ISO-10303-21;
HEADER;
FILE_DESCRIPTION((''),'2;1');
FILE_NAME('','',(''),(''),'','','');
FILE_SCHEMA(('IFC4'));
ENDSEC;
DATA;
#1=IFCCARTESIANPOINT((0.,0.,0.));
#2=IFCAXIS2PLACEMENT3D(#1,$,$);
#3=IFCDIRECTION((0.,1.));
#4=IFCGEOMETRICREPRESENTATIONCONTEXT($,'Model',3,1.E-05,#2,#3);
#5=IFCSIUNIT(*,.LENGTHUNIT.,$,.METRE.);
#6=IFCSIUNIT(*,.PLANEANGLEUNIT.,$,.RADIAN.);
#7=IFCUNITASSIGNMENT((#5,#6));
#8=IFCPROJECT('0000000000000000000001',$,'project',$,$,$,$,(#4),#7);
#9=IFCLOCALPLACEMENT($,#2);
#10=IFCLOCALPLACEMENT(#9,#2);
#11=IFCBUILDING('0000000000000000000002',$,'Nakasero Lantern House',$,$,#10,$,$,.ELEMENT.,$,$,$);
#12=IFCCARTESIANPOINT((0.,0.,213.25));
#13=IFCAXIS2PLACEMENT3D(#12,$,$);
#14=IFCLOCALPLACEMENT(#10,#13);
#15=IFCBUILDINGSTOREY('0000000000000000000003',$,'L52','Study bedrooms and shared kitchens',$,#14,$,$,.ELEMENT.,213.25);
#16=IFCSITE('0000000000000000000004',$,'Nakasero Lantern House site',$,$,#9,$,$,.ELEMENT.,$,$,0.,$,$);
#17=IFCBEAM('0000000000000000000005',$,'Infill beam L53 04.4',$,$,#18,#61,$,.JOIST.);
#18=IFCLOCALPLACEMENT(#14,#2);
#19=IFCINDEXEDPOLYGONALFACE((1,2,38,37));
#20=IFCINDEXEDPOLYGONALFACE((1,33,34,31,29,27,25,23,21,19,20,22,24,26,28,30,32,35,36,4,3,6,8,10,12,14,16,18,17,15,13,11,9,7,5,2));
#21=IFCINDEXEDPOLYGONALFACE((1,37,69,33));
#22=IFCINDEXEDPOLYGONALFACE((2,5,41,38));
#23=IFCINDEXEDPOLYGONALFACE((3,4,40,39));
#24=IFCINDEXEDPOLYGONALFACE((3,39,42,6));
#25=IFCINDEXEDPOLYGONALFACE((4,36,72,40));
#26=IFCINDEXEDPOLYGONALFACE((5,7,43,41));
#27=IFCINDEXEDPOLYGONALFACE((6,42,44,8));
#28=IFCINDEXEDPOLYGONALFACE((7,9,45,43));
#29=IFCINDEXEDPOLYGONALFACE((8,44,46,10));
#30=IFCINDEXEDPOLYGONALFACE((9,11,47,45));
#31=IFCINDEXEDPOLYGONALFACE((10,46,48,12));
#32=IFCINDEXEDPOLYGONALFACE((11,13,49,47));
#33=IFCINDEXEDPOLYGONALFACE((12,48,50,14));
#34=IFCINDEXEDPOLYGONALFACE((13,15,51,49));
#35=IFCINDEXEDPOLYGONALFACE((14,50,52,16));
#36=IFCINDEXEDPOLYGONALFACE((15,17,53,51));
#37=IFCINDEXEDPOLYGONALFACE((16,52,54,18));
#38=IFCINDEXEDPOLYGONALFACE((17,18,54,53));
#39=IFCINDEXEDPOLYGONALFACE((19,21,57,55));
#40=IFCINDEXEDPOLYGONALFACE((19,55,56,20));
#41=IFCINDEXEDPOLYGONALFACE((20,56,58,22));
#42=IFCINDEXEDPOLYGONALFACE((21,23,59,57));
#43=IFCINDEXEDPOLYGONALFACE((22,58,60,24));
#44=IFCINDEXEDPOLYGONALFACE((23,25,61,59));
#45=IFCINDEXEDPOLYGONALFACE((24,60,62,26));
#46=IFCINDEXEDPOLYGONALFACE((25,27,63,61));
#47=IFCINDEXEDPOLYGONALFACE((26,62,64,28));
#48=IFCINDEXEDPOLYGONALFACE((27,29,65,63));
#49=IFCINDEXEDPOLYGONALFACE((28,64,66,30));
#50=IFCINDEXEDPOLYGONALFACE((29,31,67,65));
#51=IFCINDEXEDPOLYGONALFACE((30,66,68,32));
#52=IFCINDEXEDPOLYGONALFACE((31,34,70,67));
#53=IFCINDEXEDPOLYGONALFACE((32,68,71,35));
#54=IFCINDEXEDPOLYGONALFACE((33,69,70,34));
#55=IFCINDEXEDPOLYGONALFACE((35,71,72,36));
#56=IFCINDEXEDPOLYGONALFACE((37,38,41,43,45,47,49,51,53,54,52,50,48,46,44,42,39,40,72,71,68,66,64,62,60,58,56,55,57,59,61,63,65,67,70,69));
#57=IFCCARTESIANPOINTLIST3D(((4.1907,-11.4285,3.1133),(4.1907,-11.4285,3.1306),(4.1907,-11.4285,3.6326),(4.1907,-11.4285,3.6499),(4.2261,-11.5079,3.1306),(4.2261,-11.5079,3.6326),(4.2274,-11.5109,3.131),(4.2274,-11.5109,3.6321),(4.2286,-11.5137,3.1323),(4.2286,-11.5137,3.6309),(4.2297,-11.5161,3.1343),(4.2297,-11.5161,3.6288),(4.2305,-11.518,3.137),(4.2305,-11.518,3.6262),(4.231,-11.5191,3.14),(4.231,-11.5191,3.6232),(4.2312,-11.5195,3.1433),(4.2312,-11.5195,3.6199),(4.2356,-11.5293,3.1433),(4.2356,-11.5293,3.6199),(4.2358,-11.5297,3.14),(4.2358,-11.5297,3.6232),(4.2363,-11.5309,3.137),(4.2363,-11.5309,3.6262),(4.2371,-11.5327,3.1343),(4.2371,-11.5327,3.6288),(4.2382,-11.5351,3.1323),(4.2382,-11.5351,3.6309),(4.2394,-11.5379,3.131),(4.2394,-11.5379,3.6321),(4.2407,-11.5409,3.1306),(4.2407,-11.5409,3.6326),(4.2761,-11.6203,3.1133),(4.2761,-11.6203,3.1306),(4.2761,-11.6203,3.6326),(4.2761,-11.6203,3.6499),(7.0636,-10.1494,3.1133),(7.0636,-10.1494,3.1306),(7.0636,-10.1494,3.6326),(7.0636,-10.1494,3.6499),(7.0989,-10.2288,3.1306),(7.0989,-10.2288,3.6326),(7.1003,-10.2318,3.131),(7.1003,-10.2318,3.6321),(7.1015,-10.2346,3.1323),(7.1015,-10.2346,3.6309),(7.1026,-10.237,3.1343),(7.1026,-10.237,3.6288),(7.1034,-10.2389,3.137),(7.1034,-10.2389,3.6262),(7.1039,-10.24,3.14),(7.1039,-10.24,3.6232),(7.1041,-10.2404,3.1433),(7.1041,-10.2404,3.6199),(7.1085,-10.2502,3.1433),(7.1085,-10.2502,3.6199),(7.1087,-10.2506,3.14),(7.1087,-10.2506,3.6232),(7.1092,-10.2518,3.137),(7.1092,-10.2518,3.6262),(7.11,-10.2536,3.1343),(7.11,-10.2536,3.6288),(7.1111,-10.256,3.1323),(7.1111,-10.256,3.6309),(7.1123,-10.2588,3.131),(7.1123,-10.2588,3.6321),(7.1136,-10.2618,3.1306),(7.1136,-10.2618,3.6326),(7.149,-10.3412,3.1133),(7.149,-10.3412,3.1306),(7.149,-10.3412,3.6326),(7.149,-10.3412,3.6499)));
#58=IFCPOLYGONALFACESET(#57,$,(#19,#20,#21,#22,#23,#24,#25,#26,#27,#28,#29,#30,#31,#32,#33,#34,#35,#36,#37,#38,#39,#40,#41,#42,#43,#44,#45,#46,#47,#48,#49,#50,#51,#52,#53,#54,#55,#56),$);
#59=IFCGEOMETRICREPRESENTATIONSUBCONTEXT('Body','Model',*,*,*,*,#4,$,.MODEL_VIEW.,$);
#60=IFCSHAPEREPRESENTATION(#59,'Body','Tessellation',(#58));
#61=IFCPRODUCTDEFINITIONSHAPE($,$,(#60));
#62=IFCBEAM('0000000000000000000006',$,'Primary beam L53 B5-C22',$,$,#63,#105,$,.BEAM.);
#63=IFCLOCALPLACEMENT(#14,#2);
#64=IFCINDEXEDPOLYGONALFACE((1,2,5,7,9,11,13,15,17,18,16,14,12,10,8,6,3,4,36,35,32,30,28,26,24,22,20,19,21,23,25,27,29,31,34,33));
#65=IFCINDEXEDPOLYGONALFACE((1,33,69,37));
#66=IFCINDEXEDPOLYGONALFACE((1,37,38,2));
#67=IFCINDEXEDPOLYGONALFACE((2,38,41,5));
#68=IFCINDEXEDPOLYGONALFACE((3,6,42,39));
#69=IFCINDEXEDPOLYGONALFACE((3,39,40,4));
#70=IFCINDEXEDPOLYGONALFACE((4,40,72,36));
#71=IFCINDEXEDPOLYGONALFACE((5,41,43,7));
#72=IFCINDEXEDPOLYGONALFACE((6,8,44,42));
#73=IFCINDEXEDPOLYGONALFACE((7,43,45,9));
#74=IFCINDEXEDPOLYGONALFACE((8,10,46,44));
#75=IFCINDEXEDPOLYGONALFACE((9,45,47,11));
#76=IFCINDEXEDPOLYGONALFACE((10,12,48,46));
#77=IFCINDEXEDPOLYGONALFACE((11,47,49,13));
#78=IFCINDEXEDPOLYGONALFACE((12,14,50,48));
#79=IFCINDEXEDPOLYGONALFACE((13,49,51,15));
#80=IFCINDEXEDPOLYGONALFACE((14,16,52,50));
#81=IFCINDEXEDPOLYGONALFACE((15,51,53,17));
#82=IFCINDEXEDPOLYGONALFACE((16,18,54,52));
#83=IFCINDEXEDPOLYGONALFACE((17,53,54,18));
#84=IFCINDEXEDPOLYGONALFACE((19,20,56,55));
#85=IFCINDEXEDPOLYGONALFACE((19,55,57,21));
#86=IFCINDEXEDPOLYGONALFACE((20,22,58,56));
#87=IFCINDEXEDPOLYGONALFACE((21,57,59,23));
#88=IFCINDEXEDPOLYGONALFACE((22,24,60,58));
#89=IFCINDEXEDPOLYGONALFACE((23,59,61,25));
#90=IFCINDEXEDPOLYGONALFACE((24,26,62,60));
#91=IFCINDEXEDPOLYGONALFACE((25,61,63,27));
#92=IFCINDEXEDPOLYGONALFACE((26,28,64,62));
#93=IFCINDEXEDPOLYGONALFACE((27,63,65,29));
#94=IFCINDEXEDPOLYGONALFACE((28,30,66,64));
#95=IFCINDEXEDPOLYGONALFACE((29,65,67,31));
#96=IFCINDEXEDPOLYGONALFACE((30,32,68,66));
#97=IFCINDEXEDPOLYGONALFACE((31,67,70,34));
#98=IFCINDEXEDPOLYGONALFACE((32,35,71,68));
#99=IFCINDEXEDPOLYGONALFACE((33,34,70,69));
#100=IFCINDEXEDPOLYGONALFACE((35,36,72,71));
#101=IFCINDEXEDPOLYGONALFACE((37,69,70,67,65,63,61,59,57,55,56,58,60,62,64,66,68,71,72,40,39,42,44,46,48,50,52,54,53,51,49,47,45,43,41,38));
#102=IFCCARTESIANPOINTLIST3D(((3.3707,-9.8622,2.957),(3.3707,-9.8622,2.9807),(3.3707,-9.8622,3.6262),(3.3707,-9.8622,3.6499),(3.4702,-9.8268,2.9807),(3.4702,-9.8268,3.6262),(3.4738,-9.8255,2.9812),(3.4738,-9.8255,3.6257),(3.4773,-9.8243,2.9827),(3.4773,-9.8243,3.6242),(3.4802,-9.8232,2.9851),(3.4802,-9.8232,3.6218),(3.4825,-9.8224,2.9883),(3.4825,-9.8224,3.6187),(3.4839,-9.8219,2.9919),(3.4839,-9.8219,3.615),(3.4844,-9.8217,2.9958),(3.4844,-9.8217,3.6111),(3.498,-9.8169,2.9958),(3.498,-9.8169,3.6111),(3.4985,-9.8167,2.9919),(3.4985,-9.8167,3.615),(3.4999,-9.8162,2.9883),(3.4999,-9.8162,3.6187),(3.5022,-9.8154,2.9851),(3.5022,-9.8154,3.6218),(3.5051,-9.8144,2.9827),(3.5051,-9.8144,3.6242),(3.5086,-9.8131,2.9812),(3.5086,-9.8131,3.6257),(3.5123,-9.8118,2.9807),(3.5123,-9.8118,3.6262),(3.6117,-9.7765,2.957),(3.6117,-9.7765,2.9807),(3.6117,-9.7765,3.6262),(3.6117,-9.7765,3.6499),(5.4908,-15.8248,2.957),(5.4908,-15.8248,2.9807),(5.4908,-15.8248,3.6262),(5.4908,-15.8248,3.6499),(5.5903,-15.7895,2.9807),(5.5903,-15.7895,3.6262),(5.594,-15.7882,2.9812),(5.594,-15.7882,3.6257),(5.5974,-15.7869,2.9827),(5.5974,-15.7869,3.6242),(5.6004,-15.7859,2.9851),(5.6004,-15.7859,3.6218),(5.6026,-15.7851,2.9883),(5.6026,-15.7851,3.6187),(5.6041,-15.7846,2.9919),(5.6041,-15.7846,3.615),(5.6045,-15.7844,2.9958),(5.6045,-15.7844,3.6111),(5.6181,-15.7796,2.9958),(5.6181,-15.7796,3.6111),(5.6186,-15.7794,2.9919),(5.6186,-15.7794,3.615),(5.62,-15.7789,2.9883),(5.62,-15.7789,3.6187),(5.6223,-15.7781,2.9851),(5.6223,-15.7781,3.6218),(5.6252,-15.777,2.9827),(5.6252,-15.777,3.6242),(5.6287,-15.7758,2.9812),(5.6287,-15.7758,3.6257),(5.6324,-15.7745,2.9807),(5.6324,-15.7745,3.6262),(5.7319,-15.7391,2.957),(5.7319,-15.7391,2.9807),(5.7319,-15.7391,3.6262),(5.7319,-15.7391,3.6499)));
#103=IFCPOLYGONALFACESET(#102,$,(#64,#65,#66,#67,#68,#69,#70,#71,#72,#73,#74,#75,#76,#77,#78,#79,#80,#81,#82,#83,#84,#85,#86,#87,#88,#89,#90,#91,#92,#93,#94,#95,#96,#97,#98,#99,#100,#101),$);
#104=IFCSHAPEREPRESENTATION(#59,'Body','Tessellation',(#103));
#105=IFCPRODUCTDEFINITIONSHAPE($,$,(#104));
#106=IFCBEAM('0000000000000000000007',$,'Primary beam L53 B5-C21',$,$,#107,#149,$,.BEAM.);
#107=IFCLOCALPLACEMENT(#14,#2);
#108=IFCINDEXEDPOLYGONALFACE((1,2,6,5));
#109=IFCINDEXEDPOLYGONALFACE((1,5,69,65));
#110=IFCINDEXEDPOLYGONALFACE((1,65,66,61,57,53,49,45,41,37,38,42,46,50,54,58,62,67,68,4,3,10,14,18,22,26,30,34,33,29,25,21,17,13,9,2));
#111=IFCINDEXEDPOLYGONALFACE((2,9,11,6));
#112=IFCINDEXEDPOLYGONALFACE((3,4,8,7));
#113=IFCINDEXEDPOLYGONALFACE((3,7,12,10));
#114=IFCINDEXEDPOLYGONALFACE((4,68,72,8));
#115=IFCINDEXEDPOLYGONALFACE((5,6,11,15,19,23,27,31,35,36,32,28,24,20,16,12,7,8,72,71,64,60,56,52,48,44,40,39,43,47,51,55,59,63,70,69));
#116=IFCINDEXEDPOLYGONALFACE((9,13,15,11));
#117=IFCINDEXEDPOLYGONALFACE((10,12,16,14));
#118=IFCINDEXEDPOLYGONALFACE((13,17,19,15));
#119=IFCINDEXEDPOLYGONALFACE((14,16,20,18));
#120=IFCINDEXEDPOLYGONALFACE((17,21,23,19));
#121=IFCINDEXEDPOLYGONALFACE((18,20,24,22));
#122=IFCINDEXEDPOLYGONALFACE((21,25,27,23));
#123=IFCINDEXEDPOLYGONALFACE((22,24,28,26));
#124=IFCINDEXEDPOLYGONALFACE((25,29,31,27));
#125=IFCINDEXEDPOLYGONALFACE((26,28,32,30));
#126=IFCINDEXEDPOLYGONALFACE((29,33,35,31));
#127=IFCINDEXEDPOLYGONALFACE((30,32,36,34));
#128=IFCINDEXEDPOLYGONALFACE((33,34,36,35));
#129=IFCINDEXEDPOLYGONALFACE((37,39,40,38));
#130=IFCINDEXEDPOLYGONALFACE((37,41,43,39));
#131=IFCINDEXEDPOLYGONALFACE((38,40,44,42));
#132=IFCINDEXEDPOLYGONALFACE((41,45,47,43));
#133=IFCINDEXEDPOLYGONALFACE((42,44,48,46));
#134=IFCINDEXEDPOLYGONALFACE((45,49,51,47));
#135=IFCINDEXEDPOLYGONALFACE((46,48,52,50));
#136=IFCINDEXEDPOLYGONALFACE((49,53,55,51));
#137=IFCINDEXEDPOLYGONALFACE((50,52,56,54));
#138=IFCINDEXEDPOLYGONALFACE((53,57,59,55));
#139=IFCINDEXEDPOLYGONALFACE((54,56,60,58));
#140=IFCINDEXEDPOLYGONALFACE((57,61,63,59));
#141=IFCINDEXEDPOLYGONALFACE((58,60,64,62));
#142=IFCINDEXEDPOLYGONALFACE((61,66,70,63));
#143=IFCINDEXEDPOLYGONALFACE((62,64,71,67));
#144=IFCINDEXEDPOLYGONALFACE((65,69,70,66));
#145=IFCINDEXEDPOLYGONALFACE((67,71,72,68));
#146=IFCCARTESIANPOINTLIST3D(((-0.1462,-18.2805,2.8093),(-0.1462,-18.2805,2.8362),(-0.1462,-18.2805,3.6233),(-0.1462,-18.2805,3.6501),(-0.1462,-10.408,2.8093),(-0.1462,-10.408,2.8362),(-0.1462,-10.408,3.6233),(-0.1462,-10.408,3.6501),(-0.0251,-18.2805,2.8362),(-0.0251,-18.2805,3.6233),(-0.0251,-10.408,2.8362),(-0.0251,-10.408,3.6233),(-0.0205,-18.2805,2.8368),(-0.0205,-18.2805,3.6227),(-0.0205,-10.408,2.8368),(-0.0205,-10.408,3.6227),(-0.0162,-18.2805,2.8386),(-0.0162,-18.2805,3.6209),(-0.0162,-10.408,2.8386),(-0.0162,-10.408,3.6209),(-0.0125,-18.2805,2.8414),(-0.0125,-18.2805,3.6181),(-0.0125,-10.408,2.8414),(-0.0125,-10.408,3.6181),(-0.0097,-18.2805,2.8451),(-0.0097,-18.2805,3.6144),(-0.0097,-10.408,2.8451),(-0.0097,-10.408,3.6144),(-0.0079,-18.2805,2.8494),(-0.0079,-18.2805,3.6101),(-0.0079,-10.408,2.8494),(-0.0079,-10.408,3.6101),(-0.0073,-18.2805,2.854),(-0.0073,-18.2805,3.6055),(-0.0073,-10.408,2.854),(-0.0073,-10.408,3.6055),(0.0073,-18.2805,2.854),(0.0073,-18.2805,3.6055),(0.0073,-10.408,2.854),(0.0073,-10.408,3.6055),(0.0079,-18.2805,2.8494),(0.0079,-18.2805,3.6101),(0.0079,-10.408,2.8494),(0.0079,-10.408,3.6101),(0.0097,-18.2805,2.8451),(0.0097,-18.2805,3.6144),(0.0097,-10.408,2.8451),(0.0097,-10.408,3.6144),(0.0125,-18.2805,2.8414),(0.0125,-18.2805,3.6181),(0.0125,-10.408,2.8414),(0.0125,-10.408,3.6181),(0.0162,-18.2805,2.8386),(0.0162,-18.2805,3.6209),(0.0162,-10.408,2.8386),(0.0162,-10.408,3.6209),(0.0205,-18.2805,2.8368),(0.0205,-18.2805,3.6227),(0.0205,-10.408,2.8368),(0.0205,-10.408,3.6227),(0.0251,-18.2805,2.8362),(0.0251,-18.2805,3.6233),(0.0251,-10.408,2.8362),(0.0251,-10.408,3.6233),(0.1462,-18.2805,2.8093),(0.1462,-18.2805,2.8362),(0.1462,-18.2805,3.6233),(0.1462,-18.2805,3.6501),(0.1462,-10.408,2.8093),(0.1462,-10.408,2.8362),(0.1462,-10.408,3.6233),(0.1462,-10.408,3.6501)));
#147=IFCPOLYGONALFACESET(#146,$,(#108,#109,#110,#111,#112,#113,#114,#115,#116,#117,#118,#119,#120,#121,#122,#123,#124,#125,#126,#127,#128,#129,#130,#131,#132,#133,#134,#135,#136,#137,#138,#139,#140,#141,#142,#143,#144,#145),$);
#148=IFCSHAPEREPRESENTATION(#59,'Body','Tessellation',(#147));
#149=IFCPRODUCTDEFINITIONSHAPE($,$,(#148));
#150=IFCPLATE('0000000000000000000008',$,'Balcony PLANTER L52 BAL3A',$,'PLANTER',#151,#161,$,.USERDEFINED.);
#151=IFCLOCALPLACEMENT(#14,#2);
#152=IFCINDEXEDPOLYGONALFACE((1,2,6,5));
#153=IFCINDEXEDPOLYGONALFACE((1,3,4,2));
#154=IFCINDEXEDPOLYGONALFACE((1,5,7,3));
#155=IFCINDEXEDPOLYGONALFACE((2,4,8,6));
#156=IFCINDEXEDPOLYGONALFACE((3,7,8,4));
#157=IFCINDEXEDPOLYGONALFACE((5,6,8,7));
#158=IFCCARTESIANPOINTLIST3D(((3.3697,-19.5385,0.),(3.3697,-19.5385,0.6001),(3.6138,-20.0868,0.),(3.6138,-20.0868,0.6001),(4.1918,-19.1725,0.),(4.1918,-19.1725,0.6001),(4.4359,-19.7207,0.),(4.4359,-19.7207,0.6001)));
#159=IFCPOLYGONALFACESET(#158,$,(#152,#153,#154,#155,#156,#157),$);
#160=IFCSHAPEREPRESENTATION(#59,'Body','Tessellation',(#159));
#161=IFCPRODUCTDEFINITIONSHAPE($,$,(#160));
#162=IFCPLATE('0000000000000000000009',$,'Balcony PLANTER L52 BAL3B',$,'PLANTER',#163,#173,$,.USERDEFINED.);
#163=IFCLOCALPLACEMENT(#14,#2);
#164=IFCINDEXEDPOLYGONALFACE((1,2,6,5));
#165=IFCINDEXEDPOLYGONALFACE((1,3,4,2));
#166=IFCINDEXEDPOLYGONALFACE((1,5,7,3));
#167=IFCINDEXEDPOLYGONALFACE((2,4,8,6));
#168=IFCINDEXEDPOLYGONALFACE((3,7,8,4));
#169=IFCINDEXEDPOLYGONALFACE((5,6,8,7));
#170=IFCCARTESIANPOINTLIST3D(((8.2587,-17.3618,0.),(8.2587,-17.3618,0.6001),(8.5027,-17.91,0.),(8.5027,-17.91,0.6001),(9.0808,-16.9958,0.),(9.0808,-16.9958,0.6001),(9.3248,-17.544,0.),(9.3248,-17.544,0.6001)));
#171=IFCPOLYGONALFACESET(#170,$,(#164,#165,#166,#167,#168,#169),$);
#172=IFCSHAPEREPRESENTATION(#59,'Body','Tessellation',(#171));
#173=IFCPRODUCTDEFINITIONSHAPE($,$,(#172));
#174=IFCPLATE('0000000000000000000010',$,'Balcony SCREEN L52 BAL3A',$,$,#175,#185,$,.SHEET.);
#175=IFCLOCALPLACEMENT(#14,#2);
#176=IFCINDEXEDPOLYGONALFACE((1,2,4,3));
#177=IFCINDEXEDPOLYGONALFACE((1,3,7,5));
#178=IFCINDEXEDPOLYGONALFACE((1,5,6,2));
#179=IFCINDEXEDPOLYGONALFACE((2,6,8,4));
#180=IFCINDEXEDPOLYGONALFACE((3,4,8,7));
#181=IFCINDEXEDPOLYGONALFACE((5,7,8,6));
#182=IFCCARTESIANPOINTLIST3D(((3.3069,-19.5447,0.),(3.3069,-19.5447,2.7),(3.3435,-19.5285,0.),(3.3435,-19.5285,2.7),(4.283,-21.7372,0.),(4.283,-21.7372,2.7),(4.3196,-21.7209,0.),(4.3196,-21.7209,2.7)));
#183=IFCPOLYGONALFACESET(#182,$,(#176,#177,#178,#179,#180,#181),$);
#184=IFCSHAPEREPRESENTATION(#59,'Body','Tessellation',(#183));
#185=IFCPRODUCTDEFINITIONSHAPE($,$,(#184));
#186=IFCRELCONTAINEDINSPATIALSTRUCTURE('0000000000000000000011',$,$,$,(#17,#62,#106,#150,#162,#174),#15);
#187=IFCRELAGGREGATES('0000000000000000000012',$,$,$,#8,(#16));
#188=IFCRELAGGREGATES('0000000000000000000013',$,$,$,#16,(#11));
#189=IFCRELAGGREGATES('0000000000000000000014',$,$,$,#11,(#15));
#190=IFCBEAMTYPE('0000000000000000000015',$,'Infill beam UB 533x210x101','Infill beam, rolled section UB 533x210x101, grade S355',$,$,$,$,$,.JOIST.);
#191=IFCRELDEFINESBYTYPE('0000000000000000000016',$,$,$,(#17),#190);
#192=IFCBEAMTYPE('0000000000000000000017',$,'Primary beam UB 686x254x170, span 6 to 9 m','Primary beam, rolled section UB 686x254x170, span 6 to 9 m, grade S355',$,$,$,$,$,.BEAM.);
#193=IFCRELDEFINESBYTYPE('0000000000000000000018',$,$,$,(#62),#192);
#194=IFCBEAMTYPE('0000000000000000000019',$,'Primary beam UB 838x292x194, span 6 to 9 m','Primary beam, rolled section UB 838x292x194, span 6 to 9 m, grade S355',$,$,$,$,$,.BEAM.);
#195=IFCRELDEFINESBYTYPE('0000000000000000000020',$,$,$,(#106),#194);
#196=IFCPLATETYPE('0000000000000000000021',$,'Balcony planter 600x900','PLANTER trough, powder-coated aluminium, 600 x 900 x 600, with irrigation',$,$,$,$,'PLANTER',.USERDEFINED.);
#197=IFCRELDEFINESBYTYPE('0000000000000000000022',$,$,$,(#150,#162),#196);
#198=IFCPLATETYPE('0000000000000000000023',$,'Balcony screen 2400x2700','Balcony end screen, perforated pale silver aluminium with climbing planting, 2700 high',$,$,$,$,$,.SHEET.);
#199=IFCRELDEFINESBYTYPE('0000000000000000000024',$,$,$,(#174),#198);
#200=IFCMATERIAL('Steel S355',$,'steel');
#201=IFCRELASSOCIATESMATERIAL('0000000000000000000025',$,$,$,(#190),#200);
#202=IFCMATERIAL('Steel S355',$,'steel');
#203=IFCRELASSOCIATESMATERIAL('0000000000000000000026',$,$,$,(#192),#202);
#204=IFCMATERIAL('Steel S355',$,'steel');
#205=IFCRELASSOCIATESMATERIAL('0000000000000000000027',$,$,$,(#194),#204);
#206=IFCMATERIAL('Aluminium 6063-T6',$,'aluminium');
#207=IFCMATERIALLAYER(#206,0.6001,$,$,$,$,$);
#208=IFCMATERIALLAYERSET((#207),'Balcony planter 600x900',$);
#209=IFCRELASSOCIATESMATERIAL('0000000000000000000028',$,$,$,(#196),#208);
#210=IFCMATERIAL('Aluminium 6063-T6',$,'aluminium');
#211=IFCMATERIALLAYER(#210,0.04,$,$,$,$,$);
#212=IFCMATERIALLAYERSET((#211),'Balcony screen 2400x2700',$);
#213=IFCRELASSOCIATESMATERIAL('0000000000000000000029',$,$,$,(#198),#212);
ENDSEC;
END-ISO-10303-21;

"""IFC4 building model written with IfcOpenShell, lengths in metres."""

from ifc_helpers import new_model, si_unit, direction, frame, origin, origin_2d, place, context, subcontext, project, spatial, rectangle, i_section, extrude, material, layer, layer_set, material_profile, profile_set, type_object, element, save


model = new_model("IFC4")

# Units and contexts
model_context = context("Model", 3, precision=1e-05, world=origin(), true_north=direction((0.0, 1.0)))
body_context = subcontext(model_context, "Body", "Model", "MODEL_VIEW")
ifc_project = project(units=[si_unit("LENGTHUNIT", "METRE"), si_unit("PLANEANGLEUNIT", "RADIAN")], contexts=[model_context])

# Site, building, storey
site_placement = place(None, origin())
site = spatial("IfcSite", under=ifc_project, at=site_placement, Name="Nakasero Lantern House site", CompositionType="ELEMENT", RefElevation=0.0)
building_placement = place(site_placement, origin())
building = spatial("IfcBuilding", under=site, at=building_placement, Name="Nakasero Lantern House", CompositionType="ELEMENT")
storey_placement = place(building_placement, frame((0.0, 0.0, 213.25)))
storey = spatial("IfcBuildingStorey", under=building, at=storey_placement, Name="L52", Description="Study bedrooms and shared kitchens", CompositionType="ELEMENT", Elevation=213.25)

# Beams
ifc_material_1 = material(Name="Steel S355", Category="steel")
ifc_material_profile_1 = material_profile(ifc_material_1, i_section(OverallWidth=0.21, OverallDepth=0.5366, WebThickness=0.0107, FlangeThickness=0.0173, FilletRadius=0.0127, at=origin_2d()), Name="UB 533x210x101")
ifc_profile_set_1 = profile_set([ifc_material_profile_1], Name="Steel S355")
beam_type_1 = type_object("IfcBeamType", Name="Infill beam UB 533x210x101", Description="Infill beam, rolled section UB 533x210x101, grade S355", PredefinedType="JOIST", material=ifc_profile_set_1)
beam_1_placement = place(storey_placement, frame((4.2334, -11.5244, 3.3816), z_axis=(0.913546, 0.406736, 0.0), x_axis=(-0.406736, 0.913546, 0.0)))
element("IfcBeam", 1, at=beam_1_placement, inside=storey, type_object=beam_type_1, Name="Infill beam L53 04.4", PredefinedType="JOIST", context=body_context, shape_type="SweptSolid", body=[
    extrude(i_section(OverallWidth=0.21, OverallDepth=0.5366, WebThickness=0.0107, FlangeThickness=0.0173, FilletRadius=0.0127, at=origin_2d()), origin(), (0.0, 0.0, 1.0), 3.1448),
])
ifc_material_2 = material(Name="Steel S355", Category="steel")
ifc_material_profile_2 = material_profile(ifc_material_2, i_section(OverallWidth=0.2559, OverallDepth=0.6929, WebThickness=0.0144, FlangeThickness=0.0237, FilletRadius=0.0151, at=origin_2d()), Name="UB 686x254x170")
ifc_profile_set_2 = profile_set([ifc_material_profile_2], Name="Steel S355")
beam_type_2 = type_object("IfcBeamType", Name="Primary beam UB 686x254x170, span 6 to 9 m", Description="Primary beam, rolled section UB 686x254x170, span 6 to 9 m, grade S355", PredefinedType="BEAM", material=ifc_profile_set_2)
beam_2_placement = place(storey_placement, frame((5.6113, -15.782, 3.3035), z_axis=(-0.335019, 0.942211, 0.0), x_axis=(-0.942211, -0.335019, 0.0)))
element("IfcBeam", 2, at=beam_2_placement, inside=storey, type_object=beam_type_2, Name="Primary beam L53 B5-C22", PredefinedType="BEAM", context=body_context, shape_type="SweptSolid", body=[
    extrude(i_section(OverallWidth=0.2559, OverallDepth=0.6929, WebThickness=0.0144, FlangeThickness=0.0237, FilletRadius=0.0151, at=origin_2d()), origin(), (0.0, 0.0, 1.0), 6.3284),
])
ifc_material_3 = material(Name="Steel S355", Category="steel")
ifc_material_profile_3 = material_profile(ifc_material_3, i_section(OverallWidth=0.2925, OverallDepth=0.8408, WebThickness=0.0146, FlangeThickness=0.0269, FilletRadius=0.0178, at=origin_2d()), Name="UB 838x292x194")
ifc_profile_set_3 = profile_set([ifc_material_profile_3], Name="Steel S355")
beam_type_3 = type_object("IfcBeamType", Name="Primary beam UB 838x292x194, span 6 to 9 m", Description="Primary beam, rolled section UB 838x292x194, span 6 to 9 m, grade S355", PredefinedType="BEAM", material=ifc_profile_set_3)
beam_3_placement = place(storey_placement, frame((0.0, -18.2805, 3.2297), z_axis=(0.0, 1.0, 0.0), x_axis=(-1.0, 0.0, 0.0)))
element("IfcBeam", 3, at=beam_3_placement, inside=storey, type_object=beam_type_3, Name="Primary beam L53 B5-C21", PredefinedType="BEAM", context=body_context, shape_type="SweptSolid", body=[
    extrude(i_section(OverallWidth=0.2925, OverallDepth=0.8408, WebThickness=0.0146, FlangeThickness=0.0269, FilletRadius=0.0178, at=origin_2d()), origin(), (0.0, 0.0, 1.0), 7.8726),
])

# Plates
ifc_material_4 = material(Name="Aluminium 6063-T6", Category="aluminium")
ifc_layer_1 = layer(ifc_material_4, 0.6001)
ifc_layer_set_1 = layer_set([ifc_layer_1], Name="Balcony planter 600x900")
plate_type_1 = type_object("IfcPlateType", Name="Balcony planter 600x900", Description="PLANTER trough, powder-coated aluminium, 600 x 900 x 600, with irrigation", ElementType="PLANTER", PredefinedType="USERDEFINED", material=ifc_layer_set_1)
for number, where, z_axis, x_axis, name in (
    (4, (3.9028, -19.6296, 0.0), (0.0, 0.0, 1.0), (0.406737, -0.913545, 0.0), "Balcony PLANTER L52 BAL3A"),
    (5, (8.7917, -17.4529, 0.0), (0.0, 0.0, 1.0), (0.406737, -0.913545, 0.0), "Balcony PLANTER L52 BAL3B"),
):
    element("IfcPlate", number, at=place(storey_placement, frame(where, z_axis=z_axis, x_axis=x_axis)), inside=storey, type_object=plate_type_1, Name=name, ObjectType="PLANTER", PredefinedType="USERDEFINED", context=body_context, shape_type="SweptSolid", body=[
        extrude(rectangle(XDim=0.6001, YDim=0.8999, at=origin_2d()), origin(), (0.0, 0.0, 1.0), 0.6001),
    ])
ifc_material_5 = material(Name="Aluminium 6063-T6", Category="aluminium")
ifc_layer_2 = layer(ifc_material_5, 0.04)
ifc_layer_set_2 = layer_set([ifc_layer_2], Name="Balcony screen 2400x2700")
plate_type_2 = type_object("IfcPlateType", Name="Balcony screen 2400x2700", Description="Balcony end screen, perforated pale silver aluminium with climbing planting, 2700 high", PredefinedType="SHEET", material=ifc_layer_set_2)
for number, where, z_axis, x_axis, name in (
    (6, (3.8132, -20.6328, 0.0), (0.0, 0.0, 1.0), (0.406737, -0.913545, 0.0), "Balcony SCREEN L52 BAL3A"),
):
    element("IfcPlate", number, at=place(storey_placement, frame(where, z_axis=z_axis, x_axis=x_axis)), inside=storey, type_object=plate_type_2, Name=name, PredefinedType="SHEET", context=body_context, shape_type="SweptSolid", body=[
        extrude(rectangle(XDim=2.3999, YDim=0.04, at=origin_2d()), origin(), (0.0, 0.0, 1.0), 2.7),
    ])

save(model, "model.ifc")
